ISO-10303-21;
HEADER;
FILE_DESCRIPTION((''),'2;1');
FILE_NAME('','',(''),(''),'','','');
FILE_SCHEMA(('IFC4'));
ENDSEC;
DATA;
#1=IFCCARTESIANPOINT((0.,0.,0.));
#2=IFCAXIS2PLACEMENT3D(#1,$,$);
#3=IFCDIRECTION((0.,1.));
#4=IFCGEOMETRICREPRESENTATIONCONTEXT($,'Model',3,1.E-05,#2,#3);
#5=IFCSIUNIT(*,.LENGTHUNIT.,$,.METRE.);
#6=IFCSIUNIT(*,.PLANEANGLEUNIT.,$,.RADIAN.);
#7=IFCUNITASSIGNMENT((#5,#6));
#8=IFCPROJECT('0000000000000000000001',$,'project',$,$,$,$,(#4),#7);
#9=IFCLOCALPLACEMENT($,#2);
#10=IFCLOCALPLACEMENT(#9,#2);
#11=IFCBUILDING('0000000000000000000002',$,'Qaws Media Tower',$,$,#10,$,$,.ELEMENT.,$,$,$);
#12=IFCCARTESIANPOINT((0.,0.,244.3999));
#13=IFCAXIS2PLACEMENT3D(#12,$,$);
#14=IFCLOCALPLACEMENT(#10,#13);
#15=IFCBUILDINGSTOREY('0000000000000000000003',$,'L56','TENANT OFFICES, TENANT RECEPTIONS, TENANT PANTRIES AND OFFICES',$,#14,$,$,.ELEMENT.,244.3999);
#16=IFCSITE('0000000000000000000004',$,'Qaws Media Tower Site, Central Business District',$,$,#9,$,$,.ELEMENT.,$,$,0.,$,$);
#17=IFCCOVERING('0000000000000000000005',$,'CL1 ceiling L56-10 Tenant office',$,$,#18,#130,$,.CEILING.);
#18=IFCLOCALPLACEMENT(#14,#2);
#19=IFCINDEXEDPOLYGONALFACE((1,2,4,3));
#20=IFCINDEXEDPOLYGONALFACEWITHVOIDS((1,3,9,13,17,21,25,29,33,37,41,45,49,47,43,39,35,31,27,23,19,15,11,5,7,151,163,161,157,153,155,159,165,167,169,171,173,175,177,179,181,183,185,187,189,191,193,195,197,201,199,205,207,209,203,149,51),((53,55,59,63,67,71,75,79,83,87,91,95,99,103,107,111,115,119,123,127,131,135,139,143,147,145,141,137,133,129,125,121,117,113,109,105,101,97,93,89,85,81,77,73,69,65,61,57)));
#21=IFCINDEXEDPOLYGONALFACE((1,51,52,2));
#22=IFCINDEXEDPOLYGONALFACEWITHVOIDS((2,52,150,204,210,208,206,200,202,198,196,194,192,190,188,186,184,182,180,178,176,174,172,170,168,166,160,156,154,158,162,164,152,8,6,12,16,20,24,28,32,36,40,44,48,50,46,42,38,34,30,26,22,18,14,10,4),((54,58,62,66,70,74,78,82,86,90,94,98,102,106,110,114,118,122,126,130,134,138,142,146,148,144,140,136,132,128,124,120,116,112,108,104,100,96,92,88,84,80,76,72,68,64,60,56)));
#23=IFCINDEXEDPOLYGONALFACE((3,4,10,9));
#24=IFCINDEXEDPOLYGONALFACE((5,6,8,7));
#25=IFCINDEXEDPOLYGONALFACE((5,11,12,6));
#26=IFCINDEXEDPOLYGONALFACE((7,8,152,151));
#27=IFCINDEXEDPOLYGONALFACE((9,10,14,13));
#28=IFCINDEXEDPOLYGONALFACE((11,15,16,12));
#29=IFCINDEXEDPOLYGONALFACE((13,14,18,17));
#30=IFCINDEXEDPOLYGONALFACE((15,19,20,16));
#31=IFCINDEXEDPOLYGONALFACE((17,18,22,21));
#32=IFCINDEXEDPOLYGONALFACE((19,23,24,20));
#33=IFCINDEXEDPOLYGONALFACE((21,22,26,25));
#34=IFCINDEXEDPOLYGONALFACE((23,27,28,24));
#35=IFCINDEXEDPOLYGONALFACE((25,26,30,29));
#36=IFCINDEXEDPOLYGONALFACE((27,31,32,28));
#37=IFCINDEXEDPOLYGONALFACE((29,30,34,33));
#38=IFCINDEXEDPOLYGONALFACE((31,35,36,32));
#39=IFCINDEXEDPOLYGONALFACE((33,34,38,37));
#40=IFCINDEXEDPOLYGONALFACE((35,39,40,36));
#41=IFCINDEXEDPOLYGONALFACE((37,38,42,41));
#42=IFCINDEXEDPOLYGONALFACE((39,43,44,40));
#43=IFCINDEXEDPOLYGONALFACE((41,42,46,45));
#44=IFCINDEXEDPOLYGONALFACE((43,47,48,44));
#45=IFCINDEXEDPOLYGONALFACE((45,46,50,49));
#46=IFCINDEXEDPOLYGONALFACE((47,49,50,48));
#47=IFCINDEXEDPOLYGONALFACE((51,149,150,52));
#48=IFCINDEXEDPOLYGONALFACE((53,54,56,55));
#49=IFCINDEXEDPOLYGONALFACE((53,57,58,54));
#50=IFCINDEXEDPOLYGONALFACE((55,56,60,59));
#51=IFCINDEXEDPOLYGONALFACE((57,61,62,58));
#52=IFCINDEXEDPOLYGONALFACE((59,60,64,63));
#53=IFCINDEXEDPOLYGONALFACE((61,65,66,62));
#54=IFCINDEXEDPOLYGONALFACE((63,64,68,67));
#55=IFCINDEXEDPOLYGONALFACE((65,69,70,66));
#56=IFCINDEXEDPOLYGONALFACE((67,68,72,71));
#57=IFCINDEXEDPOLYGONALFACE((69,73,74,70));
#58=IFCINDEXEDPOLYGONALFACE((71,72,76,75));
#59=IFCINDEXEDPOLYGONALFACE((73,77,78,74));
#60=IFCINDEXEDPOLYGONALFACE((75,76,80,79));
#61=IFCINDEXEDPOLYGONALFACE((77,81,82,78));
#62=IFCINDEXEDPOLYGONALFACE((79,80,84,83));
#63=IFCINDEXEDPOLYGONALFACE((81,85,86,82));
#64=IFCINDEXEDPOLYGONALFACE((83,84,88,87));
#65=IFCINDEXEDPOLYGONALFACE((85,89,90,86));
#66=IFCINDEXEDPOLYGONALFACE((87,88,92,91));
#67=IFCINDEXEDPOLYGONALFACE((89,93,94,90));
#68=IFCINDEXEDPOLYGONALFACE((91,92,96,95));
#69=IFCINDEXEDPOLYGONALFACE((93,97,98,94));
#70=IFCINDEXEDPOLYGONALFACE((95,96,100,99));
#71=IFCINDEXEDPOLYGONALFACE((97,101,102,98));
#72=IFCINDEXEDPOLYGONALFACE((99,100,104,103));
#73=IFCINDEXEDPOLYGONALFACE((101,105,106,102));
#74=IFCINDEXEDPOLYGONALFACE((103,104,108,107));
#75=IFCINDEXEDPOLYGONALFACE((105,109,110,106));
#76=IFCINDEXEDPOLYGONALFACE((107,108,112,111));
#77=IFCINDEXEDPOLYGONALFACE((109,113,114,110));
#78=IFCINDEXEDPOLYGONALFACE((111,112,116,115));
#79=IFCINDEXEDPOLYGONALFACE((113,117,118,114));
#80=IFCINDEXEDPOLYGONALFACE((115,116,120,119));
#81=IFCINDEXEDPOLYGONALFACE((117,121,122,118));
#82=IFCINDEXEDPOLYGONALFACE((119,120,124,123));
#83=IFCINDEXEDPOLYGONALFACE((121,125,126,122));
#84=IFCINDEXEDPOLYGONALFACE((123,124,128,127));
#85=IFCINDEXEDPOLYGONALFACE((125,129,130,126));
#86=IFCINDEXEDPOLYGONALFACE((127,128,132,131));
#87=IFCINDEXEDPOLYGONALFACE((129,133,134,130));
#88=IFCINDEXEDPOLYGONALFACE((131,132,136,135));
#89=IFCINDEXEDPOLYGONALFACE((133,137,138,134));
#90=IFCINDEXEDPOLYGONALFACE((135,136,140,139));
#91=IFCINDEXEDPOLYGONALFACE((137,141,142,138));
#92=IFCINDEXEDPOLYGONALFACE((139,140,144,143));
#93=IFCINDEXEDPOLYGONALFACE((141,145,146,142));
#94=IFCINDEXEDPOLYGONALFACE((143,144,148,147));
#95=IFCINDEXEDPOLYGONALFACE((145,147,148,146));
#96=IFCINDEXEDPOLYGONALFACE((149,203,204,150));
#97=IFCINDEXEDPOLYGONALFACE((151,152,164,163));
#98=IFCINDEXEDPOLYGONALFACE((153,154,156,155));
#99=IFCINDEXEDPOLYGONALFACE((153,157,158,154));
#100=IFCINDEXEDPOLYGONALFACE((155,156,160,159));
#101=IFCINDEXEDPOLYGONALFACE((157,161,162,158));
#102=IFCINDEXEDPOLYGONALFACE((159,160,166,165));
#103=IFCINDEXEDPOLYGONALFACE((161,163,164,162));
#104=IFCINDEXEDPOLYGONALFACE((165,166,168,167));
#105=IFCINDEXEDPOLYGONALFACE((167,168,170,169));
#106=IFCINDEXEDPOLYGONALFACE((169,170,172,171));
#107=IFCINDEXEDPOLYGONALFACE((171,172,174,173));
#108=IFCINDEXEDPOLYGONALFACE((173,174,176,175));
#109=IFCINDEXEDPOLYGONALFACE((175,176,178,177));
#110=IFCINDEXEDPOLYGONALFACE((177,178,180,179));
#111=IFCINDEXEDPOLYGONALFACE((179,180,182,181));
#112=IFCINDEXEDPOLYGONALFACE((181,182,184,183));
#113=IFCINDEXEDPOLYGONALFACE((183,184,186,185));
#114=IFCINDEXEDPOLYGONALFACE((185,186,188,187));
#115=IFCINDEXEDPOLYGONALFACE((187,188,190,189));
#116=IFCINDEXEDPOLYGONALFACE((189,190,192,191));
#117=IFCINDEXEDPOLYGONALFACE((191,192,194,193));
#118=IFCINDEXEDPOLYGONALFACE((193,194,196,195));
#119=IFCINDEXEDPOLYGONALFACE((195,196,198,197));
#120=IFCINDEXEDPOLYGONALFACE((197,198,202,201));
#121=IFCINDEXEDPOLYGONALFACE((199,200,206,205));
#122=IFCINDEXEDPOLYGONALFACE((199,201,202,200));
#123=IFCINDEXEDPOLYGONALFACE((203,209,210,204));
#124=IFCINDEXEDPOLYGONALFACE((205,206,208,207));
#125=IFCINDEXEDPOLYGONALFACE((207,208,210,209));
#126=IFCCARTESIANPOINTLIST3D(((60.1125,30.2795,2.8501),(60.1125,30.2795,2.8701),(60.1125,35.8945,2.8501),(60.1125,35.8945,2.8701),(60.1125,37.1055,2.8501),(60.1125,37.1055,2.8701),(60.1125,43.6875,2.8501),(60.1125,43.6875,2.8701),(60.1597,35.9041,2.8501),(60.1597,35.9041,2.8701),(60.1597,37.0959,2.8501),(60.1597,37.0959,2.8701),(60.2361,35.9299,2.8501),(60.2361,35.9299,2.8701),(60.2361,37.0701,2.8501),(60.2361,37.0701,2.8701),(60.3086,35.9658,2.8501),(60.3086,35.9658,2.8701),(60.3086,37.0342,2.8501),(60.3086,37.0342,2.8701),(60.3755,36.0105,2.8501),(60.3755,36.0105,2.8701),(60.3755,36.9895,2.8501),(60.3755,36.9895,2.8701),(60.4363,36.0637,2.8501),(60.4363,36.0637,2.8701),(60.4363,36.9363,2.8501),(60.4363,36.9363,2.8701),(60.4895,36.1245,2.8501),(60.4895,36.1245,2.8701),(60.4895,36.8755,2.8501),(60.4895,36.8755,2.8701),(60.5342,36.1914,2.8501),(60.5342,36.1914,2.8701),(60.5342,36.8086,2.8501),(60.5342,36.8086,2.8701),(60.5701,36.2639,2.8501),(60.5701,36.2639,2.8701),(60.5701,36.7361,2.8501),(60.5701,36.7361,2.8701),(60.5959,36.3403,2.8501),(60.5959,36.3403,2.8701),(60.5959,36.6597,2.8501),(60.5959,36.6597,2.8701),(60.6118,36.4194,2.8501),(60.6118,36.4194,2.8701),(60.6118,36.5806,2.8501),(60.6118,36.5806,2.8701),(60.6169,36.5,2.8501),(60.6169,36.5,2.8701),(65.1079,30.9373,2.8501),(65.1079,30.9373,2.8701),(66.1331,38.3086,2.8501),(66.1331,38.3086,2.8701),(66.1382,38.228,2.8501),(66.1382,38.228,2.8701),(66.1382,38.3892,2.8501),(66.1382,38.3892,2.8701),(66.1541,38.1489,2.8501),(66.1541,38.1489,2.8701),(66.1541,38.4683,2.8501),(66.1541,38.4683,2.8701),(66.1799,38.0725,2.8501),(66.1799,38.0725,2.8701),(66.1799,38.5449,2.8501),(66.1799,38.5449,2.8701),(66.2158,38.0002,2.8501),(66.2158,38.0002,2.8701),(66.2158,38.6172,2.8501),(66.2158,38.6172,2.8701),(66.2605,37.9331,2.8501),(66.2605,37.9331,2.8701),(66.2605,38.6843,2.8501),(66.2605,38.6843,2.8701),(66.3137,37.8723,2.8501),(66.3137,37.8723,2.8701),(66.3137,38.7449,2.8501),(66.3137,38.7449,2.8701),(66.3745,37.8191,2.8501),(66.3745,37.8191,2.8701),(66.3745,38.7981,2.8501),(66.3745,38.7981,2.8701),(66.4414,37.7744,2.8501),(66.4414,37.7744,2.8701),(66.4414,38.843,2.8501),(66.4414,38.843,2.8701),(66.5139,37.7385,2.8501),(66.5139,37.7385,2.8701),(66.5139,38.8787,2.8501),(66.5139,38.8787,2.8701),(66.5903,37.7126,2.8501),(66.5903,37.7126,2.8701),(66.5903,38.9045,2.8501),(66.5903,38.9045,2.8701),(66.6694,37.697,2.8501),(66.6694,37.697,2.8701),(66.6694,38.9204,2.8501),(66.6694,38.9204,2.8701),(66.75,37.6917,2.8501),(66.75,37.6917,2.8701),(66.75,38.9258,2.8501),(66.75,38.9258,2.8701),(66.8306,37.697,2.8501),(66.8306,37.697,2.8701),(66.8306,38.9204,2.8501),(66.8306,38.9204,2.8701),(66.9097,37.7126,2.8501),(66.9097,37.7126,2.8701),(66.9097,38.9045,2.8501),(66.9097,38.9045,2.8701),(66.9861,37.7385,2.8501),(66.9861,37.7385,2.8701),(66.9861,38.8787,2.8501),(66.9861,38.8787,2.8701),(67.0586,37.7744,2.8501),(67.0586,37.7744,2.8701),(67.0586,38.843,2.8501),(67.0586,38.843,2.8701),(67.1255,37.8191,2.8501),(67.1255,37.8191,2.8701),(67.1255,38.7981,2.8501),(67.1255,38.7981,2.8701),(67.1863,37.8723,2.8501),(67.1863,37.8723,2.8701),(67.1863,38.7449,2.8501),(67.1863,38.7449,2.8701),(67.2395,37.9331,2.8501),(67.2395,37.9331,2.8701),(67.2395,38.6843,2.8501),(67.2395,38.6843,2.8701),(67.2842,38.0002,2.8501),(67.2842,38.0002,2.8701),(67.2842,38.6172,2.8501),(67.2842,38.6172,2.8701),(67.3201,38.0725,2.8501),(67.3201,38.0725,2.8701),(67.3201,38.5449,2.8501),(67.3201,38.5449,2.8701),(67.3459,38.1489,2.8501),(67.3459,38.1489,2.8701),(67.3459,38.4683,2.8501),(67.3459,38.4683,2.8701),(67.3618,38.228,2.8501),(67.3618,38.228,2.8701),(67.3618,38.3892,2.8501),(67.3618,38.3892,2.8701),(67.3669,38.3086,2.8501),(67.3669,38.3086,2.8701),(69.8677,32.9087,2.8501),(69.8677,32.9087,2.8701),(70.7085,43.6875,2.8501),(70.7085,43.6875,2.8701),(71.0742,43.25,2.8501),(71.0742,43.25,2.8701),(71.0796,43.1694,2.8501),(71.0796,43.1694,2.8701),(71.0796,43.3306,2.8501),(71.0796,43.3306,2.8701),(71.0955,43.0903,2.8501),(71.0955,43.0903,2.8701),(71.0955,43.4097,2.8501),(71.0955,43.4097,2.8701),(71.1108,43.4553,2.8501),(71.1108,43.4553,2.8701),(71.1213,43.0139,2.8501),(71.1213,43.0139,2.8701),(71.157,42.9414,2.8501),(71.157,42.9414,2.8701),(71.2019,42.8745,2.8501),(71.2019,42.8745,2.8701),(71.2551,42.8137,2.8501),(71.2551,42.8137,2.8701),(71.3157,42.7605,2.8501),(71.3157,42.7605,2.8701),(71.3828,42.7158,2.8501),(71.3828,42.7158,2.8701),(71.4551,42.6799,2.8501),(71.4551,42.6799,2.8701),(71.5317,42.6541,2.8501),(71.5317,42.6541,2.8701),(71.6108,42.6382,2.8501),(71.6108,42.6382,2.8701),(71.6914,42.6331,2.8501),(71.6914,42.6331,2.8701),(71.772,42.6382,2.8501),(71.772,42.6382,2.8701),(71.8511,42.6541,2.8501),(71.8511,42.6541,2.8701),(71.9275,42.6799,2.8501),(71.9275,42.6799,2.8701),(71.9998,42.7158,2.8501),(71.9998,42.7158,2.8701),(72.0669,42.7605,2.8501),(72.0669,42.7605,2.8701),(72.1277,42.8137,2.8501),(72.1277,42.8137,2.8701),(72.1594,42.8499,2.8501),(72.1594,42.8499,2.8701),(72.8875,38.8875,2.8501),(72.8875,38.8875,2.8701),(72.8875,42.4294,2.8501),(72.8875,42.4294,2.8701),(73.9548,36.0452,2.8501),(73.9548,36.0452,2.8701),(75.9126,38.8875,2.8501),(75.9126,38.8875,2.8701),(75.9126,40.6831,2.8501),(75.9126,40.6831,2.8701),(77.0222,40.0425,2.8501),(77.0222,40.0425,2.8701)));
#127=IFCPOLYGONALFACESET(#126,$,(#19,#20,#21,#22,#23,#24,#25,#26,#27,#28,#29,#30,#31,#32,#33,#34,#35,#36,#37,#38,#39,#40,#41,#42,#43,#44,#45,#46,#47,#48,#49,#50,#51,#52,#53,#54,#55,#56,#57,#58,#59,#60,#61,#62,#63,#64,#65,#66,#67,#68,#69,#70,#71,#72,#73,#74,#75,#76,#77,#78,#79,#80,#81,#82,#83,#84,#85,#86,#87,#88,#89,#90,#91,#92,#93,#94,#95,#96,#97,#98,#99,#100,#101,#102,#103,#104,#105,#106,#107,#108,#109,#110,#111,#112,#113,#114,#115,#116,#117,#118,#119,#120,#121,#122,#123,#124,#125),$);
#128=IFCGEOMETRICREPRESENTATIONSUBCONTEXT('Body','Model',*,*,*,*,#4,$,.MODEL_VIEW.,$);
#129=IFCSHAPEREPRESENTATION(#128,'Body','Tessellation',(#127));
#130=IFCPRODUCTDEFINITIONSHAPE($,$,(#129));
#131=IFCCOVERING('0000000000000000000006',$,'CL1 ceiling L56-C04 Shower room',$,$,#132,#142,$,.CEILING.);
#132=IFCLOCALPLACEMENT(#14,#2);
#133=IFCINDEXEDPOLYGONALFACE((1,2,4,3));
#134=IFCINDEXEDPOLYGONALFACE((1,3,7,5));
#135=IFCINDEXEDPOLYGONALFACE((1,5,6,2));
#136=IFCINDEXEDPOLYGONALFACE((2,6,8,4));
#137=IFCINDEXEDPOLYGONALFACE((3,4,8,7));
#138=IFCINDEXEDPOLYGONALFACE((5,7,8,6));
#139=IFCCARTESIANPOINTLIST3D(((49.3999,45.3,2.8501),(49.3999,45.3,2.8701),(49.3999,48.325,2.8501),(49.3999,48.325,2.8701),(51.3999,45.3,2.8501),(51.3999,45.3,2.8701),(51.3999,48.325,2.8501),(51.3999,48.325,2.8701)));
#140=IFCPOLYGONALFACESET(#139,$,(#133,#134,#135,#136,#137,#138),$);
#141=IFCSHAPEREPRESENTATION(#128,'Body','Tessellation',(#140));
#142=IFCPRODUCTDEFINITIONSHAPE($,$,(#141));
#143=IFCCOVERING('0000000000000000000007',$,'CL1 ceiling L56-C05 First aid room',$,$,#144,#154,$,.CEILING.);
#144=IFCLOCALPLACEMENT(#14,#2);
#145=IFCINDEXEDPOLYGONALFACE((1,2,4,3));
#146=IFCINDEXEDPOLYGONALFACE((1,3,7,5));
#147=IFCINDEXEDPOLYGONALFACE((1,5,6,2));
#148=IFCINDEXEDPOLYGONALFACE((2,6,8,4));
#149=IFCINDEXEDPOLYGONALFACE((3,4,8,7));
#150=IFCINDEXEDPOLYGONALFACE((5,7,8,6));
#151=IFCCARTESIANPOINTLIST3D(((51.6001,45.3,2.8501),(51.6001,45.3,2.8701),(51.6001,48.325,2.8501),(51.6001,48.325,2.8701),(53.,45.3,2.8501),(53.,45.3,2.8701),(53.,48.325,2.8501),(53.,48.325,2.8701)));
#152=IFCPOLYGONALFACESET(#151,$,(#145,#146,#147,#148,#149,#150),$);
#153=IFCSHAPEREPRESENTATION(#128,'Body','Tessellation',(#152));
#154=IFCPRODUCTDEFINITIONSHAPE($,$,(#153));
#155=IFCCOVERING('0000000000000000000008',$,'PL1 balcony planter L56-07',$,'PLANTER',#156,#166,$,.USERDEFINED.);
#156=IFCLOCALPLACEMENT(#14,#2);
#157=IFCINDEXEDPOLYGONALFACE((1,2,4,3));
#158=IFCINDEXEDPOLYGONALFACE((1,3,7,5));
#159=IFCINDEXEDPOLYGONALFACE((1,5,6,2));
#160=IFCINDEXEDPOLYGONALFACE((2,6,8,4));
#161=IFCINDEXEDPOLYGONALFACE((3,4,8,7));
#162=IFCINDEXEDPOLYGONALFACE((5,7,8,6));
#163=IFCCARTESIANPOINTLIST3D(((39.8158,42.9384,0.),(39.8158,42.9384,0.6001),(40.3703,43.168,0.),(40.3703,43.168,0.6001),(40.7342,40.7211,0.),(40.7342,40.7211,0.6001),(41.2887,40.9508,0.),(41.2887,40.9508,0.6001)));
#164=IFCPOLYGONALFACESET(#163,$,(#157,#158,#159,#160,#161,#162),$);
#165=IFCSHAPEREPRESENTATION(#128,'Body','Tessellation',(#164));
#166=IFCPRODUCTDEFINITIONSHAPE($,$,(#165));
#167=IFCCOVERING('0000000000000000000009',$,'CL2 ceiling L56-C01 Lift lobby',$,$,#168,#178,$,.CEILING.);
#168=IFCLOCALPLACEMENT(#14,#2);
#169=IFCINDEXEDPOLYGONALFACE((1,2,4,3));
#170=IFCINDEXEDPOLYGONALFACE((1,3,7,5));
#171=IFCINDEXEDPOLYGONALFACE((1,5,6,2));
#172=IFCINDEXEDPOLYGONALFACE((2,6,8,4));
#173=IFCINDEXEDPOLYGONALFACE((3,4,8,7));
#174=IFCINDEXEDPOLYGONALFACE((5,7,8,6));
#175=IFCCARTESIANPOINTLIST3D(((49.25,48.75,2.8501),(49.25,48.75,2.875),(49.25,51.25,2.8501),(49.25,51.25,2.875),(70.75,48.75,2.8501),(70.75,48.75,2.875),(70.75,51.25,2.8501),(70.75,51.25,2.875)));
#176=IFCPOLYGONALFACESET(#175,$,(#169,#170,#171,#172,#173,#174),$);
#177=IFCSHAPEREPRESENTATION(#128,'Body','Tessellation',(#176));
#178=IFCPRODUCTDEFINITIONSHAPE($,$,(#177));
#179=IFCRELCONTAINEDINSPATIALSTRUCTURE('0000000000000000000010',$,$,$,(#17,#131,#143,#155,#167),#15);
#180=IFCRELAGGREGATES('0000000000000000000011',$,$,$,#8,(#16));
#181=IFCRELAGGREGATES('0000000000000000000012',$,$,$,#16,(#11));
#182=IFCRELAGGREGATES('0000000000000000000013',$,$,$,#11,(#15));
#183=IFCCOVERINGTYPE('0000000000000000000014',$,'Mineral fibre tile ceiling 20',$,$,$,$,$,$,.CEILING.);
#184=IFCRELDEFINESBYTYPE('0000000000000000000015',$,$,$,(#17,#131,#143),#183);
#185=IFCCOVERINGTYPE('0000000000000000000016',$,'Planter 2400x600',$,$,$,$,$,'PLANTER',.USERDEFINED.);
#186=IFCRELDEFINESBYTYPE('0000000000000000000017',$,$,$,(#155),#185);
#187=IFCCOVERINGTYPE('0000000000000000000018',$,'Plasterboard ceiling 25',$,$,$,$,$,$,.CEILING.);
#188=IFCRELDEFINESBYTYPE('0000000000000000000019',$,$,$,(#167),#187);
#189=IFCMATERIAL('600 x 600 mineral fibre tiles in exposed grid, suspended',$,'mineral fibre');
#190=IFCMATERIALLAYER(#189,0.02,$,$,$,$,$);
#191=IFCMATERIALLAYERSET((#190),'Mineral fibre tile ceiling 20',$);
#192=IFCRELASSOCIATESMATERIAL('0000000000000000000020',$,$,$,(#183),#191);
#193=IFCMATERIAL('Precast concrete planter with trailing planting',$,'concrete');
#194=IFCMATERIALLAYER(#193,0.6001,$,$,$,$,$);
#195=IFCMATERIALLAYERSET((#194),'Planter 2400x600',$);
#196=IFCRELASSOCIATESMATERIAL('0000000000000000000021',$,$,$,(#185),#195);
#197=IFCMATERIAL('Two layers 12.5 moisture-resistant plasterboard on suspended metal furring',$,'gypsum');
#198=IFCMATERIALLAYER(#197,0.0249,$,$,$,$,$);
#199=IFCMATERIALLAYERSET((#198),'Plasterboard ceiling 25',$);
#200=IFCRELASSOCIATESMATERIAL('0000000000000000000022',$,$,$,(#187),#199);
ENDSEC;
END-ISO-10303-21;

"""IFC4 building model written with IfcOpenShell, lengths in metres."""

from ifc_helpers import new_model, si_unit, direction, frame, origin, origin_2d, place, context, subcontext, project, spatial, polyline, rectangle, outline, extrude, material, layer, layer_set, type_object, element, save


model = new_model("IFC4")

# Units and contexts
model_context = context("Model", 3, precision=1e-05, world=origin(), true_north=direction((0.0, 1.0)))
body_context = subcontext(model_context, "Body", "Model", "MODEL_VIEW")
ifc_project = project(units=[si_unit("LENGTHUNIT", "METRE"), si_unit("PLANEANGLEUNIT", "RADIAN")], contexts=[model_context])

# Site, building, storey
site_placement = place(None, origin())
site = spatial("IfcSite", under=ifc_project, at=site_placement, Name="Qaws Media Tower Site, Central Business District", CompositionType="ELEMENT", RefElevation=0.0)
building_placement = place(site_placement, origin())
building = spatial("IfcBuilding", under=site, at=building_placement, Name="Qaws Media Tower", CompositionType="ELEMENT")
storey_placement = place(building_placement, frame((0.0, 0.0, 244.3999)))
storey = spatial("IfcBuildingStorey", under=building, at=storey_placement, Name="L56", Description="TENANT OFFICES, TENANT RECEPTIONS, TENANT PANTRIES AND OFFICES", CompositionType="ELEMENT", Elevation=244.3999)

# Coverings
ifc_material_1 = material(Name="600 x 600 mineral fibre tiles in exposed grid, suspended", Category="mineral fibre")
ifc_layer_1 = layer(ifc_material_1, 0.02)
ifc_layer_set_1 = layer_set([ifc_layer_1], Name="Mineral fibre tile ceiling 20")
covering_type_1 = type_object("IfcCoveringType", Name="Mineral fibre tile ceiling 20", PredefinedType="CEILING", material=ifc_layer_set_1)
covering_1_placement = place(storey_placement, frame((0.0, 0.0, 2.8501)))
element("IfcCovering", 1, at=covering_1_placement, inside=storey, type_object=covering_type_1, Name="CL1 ceiling L56-10 Tenant office", PredefinedType="CEILING", context=body_context, shape_type="SweptSolid", body=[
    extrude(outline(polyline([(72.8875, 38.8875), (75.9126, 38.8875), (75.9126, 40.6831), (77.0222, 40.0425), (73.9548, 36.0452), (69.8677, 32.9087), (65.1079, 30.9373), (60.1125, 30.2795), (60.1125, 35.8945), (60.1597, 35.9041), (60.2361, 35.9299), (60.3086, 35.9658), (60.3755, 36.0105), (60.4363, 36.0637), (60.4895, 36.1245), (60.5342, 36.1914), (60.5701, 36.2639), (60.5959, 36.3403), (60.6118, 36.4194), (60.6169, 36.5), (60.6118, 36.5806), (60.5959, 36.6597), (60.5701, 36.7361), (60.5342, 36.8086), (60.4895, 36.8755), (60.4363, 36.9363), (60.3755, 36.9895), (60.3086, 37.0342), (60.2361, 37.0701), (60.1597, 37.0959), (60.1125, 37.1055), (60.1125, 43.6875), (70.7085, 43.6875), (71.1108, 43.4553), (71.0955, 43.4097), (71.0796, 43.3306), (71.0742, 43.25), (71.0796, 43.1694), (71.0955, 43.0903), (71.1213, 43.0139), (71.157, 42.9414), (71.2019, 42.8745), (71.2551, 42.8137), (71.3157, 42.7605), (71.3828, 42.7158), (71.4551, 42.6799), (71.5317, 42.6541), (71.6108, 42.6382), (71.6914, 42.6331), (71.772, 42.6382), (71.8511, 42.6541), (71.9275, 42.6799), (71.9998, 42.7158), (72.0669, 42.7605), (72.1277, 42.8137), (72.1594, 42.8499), (72.8875, 42.4294), (72.8875, 38.8875)]), holes=[polyline([(67.3201, 38.0725), (67.3459, 38.1489), (67.3618, 38.228), (67.3669, 38.3086), (67.3618, 38.3892), (67.3459, 38.4683), (67.3201, 38.5449), (67.2842, 38.6172), (67.2395, 38.6843), (67.1863, 38.7449), (67.1255, 38.7981), (67.0586, 38.843), (66.9861, 38.8787), (66.9097, 38.9045), (66.8306, 38.9204), (66.75, 38.9258), (66.6694, 38.9204), (66.5903, 38.9045), (66.5139, 38.8787), (66.4414, 38.843), (66.3745, 38.7981), (66.3137, 38.7449), (66.2605, 38.6843), (66.2158, 38.6172), (66.1799, 38.5449), (66.1541, 38.4683), (66.1382, 38.3892), (66.1331, 38.3086), (66.1382, 38.228), (66.1541, 38.1489), (66.1799, 38.0725), (66.2158, 38.0002), (66.2605, 37.9331), (66.3137, 37.8723), (66.3745, 37.8191), (66.4414, 37.7744), (66.5139, 37.7385), (66.5903, 37.7126), (66.6694, 37.697), (66.75, 37.6917), (66.8306, 37.697), (66.9097, 37.7126), (66.9861, 37.7385), (67.0586, 37.7744), (67.1255, 37.8191), (67.1863, 37.8723), (67.2395, 37.9331), (67.2842, 38.0002), (67.3201, 38.0725)])]), origin(), (0.0, 0.0, 1.0), 0.02),
])
covering_2_placement = place(storey_placement, frame((0.0, 0.0, 2.8501)))
element("IfcCovering", 2, at=covering_2_placement, inside=storey, type_object=covering_type_1, Name="CL1 ceiling L56-C04 Shower room", PredefinedType="CEILING", context=body_context, shape_type="SweptSolid", body=[
    extrude(outline(polyline([(49.3999, 45.3), (49.3999, 48.325), (51.3999, 48.325), (51.3999, 45.3), (49.3999, 45.3)])), origin(), (0.0, 0.0, 1.0), 0.02),
])
covering_3_placement = place(storey_placement, frame((0.0, 0.0, 2.8501)))
element("IfcCovering", 3, at=covering_3_placement, inside=storey, type_object=covering_type_1, Name="CL1 ceiling L56-C05 First aid room", PredefinedType="CEILING", context=body_context, shape_type="SweptSolid", body=[
    extrude(outline(polyline([(51.6001, 45.3), (51.6001, 48.325), (53.0, 48.325), (53.0, 45.3), (51.6001, 45.3)])), origin(), (0.0, 0.0, 1.0), 0.02),
])
ifc_material_2 = material(Name="Precast concrete planter with trailing planting", Category="concrete")
ifc_layer_2 = layer(ifc_material_2, 0.6001)
ifc_layer_set_2 = layer_set([ifc_layer_2], Name="Planter 2400x600")
covering_type_2 = type_object("IfcCoveringType", Name="Planter 2400x600", ElementType="PLANTER", PredefinedType="USERDEFINED", material=ifc_layer_set_2)
covering_4_placement = place(storey_placement, frame((40.5522, 41.9446, 0.0), z_axis=(0.0, 0.0, 1.0), x_axis=(0.382683, -0.92388, 0.0)))
element("IfcCovering", 4, at=covering_4_placement, inside=storey, type_object=covering_type_2, Name="PL1 balcony planter L56-07", ObjectType="PLANTER", PredefinedType="USERDEFINED", context=body_context, shape_type="SweptSolid", body=[
    extrude(rectangle(XDim=2.3999, YDim=0.6001, at=origin_2d()), origin(), (0.0, 0.0, 1.0), 0.6001),
])
ifc_material_3 = material(Name="Two layers 12.5 moisture-resistant plasterboard on suspended metal furring", Category="gypsum")
ifc_layer_3 = layer(ifc_material_3, 0.0249)
ifc_layer_set_3 = layer_set([ifc_layer_3], Name="Plasterboard ceiling 25")
covering_type_3 = type_object("IfcCoveringType", Name="Plasterboard ceiling 25", PredefinedType="CEILING", material=ifc_layer_set_3)
covering_5_placement = place(storey_placement, frame((0.0, 0.0, 2.8501)))
element("IfcCovering", 5, at=covering_5_placement, inside=storey, type_object=covering_type_3, Name="CL2 ceiling L56-C01 Lift lobby", PredefinedType="CEILING", context=body_context, shape_type="SweptSolid", body=[
    extrude(outline(polyline([(49.25, 48.75), (49.25, 51.25), (70.75, 51.25), (70.75, 48.75), (49.25, 48.75)])), origin(), (0.0, 0.0, 1.0), 0.0249),
])

save(model, "model.ifc")
